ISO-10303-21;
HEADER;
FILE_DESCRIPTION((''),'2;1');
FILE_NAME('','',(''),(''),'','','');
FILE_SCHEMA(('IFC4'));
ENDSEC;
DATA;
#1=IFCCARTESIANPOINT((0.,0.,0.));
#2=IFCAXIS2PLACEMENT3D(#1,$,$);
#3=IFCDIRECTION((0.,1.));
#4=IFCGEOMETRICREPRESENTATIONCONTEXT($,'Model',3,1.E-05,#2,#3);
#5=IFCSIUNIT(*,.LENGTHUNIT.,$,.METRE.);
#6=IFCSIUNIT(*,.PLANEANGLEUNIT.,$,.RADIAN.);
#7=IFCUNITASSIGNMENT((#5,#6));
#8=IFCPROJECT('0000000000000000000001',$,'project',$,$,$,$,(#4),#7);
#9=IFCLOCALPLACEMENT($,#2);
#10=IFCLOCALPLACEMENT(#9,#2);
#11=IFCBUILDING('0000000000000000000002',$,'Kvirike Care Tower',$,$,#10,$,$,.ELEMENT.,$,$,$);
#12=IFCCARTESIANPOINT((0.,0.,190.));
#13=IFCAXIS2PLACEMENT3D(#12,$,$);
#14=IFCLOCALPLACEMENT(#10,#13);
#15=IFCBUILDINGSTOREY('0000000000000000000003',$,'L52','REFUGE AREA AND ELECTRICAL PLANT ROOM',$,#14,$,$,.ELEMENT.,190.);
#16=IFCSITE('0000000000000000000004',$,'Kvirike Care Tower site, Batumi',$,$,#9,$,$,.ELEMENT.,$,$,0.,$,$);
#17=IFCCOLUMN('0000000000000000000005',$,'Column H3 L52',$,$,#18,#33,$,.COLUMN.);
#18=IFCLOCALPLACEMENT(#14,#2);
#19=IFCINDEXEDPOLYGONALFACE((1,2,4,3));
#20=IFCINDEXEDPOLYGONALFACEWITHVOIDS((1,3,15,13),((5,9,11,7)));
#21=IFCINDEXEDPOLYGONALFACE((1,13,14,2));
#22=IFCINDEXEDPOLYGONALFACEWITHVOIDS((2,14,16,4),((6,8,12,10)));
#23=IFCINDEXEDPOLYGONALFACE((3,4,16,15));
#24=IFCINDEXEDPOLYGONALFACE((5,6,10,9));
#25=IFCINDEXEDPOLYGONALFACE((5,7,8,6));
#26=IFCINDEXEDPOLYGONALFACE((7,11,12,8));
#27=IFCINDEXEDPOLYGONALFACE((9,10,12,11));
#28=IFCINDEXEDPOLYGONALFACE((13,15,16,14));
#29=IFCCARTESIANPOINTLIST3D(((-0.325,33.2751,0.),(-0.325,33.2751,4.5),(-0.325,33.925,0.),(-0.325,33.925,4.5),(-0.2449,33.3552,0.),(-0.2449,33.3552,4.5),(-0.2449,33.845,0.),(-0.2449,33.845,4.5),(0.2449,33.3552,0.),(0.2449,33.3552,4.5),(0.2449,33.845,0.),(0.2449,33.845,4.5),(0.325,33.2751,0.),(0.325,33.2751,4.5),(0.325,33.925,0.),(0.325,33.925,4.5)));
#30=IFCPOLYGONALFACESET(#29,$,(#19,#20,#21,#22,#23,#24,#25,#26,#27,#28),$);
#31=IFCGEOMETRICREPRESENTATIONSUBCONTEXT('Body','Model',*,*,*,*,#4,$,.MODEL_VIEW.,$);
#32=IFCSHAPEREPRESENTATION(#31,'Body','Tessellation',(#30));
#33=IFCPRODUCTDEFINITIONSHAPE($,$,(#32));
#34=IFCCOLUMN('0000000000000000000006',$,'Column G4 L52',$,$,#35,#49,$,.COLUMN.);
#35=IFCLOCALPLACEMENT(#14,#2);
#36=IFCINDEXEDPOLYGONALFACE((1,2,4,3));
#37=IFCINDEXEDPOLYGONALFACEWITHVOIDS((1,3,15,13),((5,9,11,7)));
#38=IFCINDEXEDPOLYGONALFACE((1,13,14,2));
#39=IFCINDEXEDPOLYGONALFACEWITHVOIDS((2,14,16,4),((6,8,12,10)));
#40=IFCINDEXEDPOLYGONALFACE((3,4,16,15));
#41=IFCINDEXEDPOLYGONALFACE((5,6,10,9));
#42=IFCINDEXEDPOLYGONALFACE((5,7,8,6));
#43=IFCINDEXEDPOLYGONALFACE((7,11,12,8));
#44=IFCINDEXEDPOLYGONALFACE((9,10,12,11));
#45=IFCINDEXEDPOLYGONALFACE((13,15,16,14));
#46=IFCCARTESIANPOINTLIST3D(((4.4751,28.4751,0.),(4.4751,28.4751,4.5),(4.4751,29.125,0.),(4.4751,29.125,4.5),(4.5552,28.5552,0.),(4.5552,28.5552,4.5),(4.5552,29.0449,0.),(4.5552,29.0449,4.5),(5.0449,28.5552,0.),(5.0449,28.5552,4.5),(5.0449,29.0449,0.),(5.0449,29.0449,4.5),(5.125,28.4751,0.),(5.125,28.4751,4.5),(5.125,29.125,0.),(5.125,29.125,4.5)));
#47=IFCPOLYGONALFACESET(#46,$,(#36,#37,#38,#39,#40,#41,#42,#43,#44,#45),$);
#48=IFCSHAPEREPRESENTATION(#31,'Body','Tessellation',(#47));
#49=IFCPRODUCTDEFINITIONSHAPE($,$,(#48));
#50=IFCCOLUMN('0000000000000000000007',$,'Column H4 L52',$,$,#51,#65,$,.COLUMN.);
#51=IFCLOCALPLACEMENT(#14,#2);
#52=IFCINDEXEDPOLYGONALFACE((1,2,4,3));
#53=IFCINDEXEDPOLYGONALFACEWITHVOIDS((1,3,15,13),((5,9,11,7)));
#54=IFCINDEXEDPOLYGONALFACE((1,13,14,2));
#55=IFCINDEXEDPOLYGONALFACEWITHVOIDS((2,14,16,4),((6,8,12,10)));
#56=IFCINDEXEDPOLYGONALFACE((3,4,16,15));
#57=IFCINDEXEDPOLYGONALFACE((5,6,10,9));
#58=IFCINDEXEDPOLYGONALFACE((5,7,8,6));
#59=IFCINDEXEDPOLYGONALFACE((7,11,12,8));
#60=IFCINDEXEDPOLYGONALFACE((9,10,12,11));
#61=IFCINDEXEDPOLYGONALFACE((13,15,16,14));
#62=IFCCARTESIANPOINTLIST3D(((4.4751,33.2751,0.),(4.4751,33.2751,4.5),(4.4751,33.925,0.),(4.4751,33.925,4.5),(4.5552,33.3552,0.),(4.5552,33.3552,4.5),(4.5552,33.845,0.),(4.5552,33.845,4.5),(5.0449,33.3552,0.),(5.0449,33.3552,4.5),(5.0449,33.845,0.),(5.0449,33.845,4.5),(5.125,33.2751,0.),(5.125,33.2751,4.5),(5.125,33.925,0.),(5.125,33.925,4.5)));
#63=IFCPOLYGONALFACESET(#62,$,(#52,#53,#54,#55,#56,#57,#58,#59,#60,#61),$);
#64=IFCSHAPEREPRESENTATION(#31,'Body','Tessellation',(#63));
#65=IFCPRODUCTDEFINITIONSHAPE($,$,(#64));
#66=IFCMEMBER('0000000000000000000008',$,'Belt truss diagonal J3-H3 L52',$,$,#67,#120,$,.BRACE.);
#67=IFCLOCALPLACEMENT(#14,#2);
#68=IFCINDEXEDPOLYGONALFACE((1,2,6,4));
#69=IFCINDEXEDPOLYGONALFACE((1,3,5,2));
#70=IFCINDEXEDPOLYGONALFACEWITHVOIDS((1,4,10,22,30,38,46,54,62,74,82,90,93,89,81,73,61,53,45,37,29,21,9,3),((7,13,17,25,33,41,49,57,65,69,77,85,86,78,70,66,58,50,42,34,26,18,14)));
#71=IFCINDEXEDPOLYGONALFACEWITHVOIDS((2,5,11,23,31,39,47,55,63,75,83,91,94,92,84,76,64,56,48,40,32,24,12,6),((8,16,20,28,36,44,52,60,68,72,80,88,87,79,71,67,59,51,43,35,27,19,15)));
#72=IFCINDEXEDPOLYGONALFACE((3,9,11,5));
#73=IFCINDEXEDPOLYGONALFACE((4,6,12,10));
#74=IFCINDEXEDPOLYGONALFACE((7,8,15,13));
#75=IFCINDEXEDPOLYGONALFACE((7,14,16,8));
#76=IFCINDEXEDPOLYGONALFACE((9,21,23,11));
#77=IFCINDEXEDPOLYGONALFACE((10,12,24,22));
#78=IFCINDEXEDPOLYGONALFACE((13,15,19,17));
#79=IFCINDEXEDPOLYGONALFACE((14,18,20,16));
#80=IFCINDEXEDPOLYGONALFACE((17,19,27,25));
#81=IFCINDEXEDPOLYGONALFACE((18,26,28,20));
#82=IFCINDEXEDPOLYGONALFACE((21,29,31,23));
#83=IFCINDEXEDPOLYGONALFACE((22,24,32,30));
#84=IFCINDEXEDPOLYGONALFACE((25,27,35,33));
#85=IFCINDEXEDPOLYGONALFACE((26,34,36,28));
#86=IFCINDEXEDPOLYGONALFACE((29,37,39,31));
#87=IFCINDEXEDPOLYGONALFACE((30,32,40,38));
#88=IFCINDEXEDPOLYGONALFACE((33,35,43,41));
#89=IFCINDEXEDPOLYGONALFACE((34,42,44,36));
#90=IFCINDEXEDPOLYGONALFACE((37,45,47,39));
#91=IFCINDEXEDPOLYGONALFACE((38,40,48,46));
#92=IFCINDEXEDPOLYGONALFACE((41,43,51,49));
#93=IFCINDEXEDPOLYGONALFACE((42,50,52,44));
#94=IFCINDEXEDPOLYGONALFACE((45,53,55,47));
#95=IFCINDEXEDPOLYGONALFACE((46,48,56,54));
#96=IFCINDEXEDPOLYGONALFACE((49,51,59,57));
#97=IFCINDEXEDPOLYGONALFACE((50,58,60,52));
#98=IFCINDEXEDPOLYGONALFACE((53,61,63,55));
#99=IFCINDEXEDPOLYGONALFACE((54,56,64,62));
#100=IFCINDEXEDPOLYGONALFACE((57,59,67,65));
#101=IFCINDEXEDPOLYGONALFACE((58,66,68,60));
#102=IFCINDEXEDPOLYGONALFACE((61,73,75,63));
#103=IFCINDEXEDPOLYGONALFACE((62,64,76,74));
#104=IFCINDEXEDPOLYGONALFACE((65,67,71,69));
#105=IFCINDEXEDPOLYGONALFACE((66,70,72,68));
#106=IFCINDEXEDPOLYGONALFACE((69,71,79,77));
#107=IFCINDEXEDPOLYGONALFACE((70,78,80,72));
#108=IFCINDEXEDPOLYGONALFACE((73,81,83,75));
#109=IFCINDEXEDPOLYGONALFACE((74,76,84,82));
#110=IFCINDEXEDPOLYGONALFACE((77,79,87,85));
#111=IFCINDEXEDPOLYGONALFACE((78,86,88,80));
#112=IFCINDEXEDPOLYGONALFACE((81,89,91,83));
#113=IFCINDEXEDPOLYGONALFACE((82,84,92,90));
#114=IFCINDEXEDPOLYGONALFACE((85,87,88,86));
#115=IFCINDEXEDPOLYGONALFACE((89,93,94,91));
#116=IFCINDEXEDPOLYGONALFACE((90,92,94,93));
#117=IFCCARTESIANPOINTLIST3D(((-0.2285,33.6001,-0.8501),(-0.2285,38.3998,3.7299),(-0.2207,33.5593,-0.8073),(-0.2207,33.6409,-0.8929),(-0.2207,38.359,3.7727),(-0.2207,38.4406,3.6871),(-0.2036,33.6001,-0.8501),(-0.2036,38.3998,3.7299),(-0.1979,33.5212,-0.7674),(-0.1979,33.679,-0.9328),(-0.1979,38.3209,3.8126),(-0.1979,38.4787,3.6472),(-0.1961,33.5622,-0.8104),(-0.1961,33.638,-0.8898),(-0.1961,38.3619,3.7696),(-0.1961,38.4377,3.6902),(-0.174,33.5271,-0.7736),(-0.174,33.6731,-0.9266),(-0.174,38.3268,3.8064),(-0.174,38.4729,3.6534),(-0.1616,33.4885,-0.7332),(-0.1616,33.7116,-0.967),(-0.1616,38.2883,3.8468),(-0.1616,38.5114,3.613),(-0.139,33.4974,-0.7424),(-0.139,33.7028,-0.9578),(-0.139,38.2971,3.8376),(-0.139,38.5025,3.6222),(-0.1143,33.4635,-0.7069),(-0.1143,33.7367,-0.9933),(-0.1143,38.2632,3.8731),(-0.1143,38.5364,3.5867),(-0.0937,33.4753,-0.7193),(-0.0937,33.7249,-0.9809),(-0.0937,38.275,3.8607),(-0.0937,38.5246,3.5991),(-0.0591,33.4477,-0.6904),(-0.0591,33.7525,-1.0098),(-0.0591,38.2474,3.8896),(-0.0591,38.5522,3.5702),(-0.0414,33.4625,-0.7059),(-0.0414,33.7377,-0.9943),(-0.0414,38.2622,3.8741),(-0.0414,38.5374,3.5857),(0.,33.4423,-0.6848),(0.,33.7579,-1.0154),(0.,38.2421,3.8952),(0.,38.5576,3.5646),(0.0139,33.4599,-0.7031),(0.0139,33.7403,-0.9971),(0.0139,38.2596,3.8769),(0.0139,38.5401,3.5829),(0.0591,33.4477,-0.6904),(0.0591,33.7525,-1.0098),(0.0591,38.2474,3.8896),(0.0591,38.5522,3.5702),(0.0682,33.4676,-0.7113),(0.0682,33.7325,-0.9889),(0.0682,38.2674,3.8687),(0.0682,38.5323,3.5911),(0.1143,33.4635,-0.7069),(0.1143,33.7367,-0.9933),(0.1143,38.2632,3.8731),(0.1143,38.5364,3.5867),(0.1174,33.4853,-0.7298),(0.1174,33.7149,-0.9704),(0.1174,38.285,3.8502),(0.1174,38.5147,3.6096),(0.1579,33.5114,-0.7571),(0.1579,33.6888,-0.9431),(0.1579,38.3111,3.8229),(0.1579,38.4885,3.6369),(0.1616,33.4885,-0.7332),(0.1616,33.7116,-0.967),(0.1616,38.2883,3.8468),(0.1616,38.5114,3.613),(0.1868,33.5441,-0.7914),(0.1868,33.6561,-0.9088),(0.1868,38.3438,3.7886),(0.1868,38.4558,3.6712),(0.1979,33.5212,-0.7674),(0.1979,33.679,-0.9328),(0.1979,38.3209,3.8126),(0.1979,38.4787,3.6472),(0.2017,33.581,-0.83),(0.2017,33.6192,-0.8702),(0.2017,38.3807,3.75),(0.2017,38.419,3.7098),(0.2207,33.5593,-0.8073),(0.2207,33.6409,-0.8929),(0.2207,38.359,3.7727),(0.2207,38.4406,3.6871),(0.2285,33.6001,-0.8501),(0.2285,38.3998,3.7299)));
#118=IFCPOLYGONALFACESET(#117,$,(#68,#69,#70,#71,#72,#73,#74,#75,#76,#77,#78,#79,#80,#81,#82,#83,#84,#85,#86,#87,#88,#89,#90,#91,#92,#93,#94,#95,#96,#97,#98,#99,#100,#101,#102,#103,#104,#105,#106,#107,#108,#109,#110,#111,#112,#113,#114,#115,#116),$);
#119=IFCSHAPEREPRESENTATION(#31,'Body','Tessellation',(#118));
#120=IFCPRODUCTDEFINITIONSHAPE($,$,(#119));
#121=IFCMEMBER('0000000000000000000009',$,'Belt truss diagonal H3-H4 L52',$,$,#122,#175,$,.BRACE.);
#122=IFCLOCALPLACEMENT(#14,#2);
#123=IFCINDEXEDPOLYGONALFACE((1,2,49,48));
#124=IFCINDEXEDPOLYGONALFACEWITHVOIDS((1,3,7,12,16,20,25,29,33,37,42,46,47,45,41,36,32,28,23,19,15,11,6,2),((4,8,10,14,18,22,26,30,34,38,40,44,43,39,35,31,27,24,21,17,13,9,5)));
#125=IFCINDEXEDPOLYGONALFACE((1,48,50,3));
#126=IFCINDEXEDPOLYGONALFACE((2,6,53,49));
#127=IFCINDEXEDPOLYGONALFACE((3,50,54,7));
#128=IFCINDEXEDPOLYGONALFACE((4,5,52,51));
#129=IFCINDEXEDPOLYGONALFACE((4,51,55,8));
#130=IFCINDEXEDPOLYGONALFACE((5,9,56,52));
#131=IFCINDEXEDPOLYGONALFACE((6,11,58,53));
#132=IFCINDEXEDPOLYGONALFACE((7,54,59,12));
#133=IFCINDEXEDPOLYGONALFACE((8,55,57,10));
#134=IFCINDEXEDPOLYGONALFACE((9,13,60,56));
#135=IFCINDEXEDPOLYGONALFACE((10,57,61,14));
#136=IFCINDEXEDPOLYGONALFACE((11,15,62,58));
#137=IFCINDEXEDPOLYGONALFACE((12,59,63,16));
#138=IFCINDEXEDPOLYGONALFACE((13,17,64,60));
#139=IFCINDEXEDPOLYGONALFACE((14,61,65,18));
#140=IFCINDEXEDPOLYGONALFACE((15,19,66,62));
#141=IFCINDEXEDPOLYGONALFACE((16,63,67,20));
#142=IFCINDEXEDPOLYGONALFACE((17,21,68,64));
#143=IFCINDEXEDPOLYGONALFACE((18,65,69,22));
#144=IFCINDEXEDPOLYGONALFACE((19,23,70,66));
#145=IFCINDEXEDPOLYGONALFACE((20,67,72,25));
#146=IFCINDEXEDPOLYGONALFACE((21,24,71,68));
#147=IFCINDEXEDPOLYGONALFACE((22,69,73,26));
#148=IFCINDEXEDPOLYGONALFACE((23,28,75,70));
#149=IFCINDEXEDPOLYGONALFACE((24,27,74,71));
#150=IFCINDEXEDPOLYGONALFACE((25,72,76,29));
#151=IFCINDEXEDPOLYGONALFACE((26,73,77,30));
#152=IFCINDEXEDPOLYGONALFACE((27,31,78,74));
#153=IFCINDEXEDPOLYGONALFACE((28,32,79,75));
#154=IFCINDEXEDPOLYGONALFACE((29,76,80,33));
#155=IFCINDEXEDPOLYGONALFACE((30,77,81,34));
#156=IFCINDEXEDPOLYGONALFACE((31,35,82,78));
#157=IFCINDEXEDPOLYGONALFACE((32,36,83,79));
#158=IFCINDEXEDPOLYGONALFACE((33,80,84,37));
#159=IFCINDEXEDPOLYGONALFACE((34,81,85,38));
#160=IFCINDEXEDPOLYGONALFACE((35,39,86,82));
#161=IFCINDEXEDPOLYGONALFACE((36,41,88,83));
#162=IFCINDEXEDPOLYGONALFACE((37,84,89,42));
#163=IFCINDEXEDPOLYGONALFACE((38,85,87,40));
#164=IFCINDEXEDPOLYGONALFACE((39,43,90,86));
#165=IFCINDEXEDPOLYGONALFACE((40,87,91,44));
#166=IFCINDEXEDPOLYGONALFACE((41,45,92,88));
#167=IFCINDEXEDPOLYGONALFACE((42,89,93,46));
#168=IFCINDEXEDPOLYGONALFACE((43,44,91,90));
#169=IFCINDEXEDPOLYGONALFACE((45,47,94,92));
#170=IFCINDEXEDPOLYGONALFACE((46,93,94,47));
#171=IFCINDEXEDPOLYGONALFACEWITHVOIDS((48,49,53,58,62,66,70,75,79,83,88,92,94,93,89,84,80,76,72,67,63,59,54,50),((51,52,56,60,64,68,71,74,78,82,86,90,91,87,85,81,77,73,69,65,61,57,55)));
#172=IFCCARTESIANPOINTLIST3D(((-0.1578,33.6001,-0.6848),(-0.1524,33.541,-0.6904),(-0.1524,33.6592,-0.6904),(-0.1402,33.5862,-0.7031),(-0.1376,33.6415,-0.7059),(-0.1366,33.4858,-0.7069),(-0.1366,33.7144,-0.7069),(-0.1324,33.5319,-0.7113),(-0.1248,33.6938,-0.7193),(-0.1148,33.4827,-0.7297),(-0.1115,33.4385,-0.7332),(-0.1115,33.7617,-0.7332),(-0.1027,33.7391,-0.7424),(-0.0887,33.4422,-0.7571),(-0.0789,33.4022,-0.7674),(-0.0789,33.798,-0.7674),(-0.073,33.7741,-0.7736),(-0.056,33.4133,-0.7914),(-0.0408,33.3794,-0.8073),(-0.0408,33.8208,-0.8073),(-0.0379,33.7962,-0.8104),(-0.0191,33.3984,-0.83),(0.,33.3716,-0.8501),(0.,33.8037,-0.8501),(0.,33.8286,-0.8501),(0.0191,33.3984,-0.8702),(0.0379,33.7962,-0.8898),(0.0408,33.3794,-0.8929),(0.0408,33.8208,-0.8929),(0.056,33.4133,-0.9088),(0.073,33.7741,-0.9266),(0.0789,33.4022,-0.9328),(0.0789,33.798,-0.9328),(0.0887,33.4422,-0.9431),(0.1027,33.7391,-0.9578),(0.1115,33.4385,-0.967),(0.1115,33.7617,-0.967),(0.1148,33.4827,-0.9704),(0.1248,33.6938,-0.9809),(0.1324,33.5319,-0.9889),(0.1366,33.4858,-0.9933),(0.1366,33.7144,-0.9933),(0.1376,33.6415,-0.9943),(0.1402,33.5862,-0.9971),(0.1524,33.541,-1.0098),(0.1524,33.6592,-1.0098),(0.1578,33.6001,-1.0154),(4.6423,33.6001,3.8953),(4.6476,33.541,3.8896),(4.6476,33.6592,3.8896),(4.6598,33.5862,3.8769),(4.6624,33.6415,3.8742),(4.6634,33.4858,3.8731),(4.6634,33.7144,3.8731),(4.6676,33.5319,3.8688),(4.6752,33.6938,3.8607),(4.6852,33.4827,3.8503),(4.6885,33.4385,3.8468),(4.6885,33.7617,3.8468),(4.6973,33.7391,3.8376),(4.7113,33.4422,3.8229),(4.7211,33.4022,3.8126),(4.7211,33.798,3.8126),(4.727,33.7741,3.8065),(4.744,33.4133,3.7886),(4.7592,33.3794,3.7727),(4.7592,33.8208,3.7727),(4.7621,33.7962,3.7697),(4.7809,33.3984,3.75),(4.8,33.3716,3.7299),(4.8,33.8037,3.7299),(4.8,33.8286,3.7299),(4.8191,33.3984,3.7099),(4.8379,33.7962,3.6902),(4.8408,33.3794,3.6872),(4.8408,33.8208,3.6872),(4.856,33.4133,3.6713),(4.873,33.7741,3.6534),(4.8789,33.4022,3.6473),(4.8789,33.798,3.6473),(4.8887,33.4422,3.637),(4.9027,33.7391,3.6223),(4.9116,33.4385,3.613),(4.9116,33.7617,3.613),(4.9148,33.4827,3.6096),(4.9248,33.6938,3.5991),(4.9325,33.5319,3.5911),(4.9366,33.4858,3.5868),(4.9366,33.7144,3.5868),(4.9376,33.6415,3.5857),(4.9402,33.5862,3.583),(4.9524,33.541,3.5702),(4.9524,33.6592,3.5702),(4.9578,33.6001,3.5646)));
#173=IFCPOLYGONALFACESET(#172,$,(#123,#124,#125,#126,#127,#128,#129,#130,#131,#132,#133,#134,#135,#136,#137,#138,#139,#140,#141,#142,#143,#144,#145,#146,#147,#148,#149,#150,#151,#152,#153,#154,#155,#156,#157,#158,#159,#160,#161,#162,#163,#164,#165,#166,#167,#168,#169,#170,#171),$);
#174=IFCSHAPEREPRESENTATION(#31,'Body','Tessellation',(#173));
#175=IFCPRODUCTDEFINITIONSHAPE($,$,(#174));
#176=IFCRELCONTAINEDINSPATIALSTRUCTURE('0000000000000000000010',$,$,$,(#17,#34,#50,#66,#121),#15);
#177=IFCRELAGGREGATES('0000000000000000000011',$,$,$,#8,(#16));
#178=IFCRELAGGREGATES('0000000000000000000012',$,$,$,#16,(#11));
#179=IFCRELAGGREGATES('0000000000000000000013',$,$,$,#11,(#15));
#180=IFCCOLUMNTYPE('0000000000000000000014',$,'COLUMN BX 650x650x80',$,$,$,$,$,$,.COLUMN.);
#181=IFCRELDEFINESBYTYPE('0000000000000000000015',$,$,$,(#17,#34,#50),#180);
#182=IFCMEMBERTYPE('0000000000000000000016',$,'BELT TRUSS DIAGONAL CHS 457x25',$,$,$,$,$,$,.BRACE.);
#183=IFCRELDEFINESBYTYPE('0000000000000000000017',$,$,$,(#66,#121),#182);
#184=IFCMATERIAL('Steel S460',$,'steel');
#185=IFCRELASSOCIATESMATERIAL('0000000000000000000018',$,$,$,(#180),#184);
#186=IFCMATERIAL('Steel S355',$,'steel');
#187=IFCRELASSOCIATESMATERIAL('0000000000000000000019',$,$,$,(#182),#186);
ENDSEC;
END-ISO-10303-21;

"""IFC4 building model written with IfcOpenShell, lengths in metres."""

from ifc_helpers import new_model, si_unit, direction, frame, origin, origin_2d, place, context, subcontext, project, spatial, hollow_rectangle, hollow_circle, extrude, material, material_profile, profile_set, type_object, element, save


model = new_model("IFC4")

# Units and contexts
model_context = context("Model", 3, precision=1e-05, world=origin(), true_north=direction((0.0, 1.0)))
body_context = subcontext(model_context, "Body", "Model", "MODEL_VIEW")
ifc_project = project(units=[si_unit("LENGTHUNIT", "METRE"), si_unit("PLANEANGLEUNIT", "RADIAN")], contexts=[model_context])

# Site, building, storey
site_placement = place(None, origin())
site = spatial("IfcSite", under=ifc_project, at=site_placement, Name="Kvirike Care Tower site, Batumi", CompositionType="ELEMENT", RefElevation=0.0)
building_placement = place(site_placement, origin())
building = spatial("IfcBuilding", under=site, at=building_placement, Name="Kvirike Care Tower", CompositionType="ELEMENT")
storey_placement = place(building_placement, frame((0.0, 0.0, 190.0)))
storey = spatial("IfcBuildingStorey", under=building, at=storey_placement, Name="L52", Description="REFUGE AREA AND ELECTRICAL PLANT ROOM", CompositionType="ELEMENT", Elevation=190.0)

# Columns
ifc_material_1 = material(Name="Steel S460", Category="steel")
ifc_material_profile_1 = material_profile(ifc_material_1, hollow_rectangle(XDim=0.6499, YDim=0.6499, WallThickness=0.0801, at=origin_2d()), Name="BX 650x650x80")
ifc_profile_set_1 = profile_set([ifc_material_profile_1], Name="Steel S460")
column_type = type_object("IfcColumnType", Name="COLUMN BX 650x650x80", PredefinedType="COLUMN", material=ifc_profile_set_1)
for number, where, z_axis, x_axis, name in (
    (1, (0.0, 33.6001, 0.0), (0.0, 0.0, 1.0), (0.0, 1.0, 0.0), "Column H3 L52"),
    (2, (4.8, 28.8, 0.0), (0.0, 0.0, 1.0), (0.0, 1.0, 0.0), "Column G4 L52"),
    (3, (4.8, 33.6001, 0.0), (0.0, 0.0, 1.0), (0.0, 1.0, 0.0), "Column H4 L52"),
):
    element("IfcColumn", number, at=place(storey_placement, frame(where, z_axis=z_axis, x_axis=x_axis)), inside=storey, type_object=column_type, Name=name, PredefinedType="COLUMN", context=body_context, shape_type="SweptSolid", body=[
        extrude(hollow_rectangle(XDim=0.6499, YDim=0.6499, WallThickness=0.0801, at=origin_2d()), origin(), (0.0, 0.0, 1.0), 4.5),
    ])

# Members
ifc_material_2 = material(Name="Steel S355", Category="steel")
ifc_material_profile_2 = material_profile(ifc_material_2, hollow_circle(Radius=0.2285, WallThickness=0.0249, at=origin_2d()), Name="CHS 457x25")
ifc_profile_set_2 = profile_set([ifc_material_profile_2], Name="Steel S355")
member_type_1 = type_object("IfcMemberType", Name="BELT TRUSS DIAGONAL CHS 457x25", PredefinedType="BRACE", material=ifc_profile_set_2)
member_1_placement = place(storey_placement, frame((0.0, 33.6001, -0.8501), z_axis=(0.0, 0.723472, 0.690353), x_axis=(-1.0, 0.0, 0.0)))
element("IfcMember", 4, at=member_1_placement, inside=storey, type_object=member_type_1, Name="Belt truss diagonal J3-H3 L52", PredefinedType="BRACE", context=body_context, shape_type="SweptSolid", body=[
    extrude(hollow_circle(Radius=0.2285, WallThickness=0.0249, at=origin_2d()), origin(), (0.0, 0.0, 1.0), 6.6343),
])
for number, where, z_axis, x_axis, name in (
    (5, (0.0, 33.6001, -0.8501), (0.72349, 0.0, 0.690335), (0.0, 1.0, 0.0), "Belt truss diagonal H3-H4 L52"),
):
    element("IfcMember", number, at=place(storey_placement, frame(where, z_axis=z_axis, x_axis=x_axis)), inside=storey, type_object=member_type_1, Name=name, PredefinedType="BRACE", context=body_context, shape_type="SweptSolid", body=[
        extrude(hollow_circle(Radius=0.2285, WallThickness=0.0249, at=origin_2d()), origin(), (0.0, 0.0, 1.0), 6.6345),
    ])

save(model, "model.ifc")
